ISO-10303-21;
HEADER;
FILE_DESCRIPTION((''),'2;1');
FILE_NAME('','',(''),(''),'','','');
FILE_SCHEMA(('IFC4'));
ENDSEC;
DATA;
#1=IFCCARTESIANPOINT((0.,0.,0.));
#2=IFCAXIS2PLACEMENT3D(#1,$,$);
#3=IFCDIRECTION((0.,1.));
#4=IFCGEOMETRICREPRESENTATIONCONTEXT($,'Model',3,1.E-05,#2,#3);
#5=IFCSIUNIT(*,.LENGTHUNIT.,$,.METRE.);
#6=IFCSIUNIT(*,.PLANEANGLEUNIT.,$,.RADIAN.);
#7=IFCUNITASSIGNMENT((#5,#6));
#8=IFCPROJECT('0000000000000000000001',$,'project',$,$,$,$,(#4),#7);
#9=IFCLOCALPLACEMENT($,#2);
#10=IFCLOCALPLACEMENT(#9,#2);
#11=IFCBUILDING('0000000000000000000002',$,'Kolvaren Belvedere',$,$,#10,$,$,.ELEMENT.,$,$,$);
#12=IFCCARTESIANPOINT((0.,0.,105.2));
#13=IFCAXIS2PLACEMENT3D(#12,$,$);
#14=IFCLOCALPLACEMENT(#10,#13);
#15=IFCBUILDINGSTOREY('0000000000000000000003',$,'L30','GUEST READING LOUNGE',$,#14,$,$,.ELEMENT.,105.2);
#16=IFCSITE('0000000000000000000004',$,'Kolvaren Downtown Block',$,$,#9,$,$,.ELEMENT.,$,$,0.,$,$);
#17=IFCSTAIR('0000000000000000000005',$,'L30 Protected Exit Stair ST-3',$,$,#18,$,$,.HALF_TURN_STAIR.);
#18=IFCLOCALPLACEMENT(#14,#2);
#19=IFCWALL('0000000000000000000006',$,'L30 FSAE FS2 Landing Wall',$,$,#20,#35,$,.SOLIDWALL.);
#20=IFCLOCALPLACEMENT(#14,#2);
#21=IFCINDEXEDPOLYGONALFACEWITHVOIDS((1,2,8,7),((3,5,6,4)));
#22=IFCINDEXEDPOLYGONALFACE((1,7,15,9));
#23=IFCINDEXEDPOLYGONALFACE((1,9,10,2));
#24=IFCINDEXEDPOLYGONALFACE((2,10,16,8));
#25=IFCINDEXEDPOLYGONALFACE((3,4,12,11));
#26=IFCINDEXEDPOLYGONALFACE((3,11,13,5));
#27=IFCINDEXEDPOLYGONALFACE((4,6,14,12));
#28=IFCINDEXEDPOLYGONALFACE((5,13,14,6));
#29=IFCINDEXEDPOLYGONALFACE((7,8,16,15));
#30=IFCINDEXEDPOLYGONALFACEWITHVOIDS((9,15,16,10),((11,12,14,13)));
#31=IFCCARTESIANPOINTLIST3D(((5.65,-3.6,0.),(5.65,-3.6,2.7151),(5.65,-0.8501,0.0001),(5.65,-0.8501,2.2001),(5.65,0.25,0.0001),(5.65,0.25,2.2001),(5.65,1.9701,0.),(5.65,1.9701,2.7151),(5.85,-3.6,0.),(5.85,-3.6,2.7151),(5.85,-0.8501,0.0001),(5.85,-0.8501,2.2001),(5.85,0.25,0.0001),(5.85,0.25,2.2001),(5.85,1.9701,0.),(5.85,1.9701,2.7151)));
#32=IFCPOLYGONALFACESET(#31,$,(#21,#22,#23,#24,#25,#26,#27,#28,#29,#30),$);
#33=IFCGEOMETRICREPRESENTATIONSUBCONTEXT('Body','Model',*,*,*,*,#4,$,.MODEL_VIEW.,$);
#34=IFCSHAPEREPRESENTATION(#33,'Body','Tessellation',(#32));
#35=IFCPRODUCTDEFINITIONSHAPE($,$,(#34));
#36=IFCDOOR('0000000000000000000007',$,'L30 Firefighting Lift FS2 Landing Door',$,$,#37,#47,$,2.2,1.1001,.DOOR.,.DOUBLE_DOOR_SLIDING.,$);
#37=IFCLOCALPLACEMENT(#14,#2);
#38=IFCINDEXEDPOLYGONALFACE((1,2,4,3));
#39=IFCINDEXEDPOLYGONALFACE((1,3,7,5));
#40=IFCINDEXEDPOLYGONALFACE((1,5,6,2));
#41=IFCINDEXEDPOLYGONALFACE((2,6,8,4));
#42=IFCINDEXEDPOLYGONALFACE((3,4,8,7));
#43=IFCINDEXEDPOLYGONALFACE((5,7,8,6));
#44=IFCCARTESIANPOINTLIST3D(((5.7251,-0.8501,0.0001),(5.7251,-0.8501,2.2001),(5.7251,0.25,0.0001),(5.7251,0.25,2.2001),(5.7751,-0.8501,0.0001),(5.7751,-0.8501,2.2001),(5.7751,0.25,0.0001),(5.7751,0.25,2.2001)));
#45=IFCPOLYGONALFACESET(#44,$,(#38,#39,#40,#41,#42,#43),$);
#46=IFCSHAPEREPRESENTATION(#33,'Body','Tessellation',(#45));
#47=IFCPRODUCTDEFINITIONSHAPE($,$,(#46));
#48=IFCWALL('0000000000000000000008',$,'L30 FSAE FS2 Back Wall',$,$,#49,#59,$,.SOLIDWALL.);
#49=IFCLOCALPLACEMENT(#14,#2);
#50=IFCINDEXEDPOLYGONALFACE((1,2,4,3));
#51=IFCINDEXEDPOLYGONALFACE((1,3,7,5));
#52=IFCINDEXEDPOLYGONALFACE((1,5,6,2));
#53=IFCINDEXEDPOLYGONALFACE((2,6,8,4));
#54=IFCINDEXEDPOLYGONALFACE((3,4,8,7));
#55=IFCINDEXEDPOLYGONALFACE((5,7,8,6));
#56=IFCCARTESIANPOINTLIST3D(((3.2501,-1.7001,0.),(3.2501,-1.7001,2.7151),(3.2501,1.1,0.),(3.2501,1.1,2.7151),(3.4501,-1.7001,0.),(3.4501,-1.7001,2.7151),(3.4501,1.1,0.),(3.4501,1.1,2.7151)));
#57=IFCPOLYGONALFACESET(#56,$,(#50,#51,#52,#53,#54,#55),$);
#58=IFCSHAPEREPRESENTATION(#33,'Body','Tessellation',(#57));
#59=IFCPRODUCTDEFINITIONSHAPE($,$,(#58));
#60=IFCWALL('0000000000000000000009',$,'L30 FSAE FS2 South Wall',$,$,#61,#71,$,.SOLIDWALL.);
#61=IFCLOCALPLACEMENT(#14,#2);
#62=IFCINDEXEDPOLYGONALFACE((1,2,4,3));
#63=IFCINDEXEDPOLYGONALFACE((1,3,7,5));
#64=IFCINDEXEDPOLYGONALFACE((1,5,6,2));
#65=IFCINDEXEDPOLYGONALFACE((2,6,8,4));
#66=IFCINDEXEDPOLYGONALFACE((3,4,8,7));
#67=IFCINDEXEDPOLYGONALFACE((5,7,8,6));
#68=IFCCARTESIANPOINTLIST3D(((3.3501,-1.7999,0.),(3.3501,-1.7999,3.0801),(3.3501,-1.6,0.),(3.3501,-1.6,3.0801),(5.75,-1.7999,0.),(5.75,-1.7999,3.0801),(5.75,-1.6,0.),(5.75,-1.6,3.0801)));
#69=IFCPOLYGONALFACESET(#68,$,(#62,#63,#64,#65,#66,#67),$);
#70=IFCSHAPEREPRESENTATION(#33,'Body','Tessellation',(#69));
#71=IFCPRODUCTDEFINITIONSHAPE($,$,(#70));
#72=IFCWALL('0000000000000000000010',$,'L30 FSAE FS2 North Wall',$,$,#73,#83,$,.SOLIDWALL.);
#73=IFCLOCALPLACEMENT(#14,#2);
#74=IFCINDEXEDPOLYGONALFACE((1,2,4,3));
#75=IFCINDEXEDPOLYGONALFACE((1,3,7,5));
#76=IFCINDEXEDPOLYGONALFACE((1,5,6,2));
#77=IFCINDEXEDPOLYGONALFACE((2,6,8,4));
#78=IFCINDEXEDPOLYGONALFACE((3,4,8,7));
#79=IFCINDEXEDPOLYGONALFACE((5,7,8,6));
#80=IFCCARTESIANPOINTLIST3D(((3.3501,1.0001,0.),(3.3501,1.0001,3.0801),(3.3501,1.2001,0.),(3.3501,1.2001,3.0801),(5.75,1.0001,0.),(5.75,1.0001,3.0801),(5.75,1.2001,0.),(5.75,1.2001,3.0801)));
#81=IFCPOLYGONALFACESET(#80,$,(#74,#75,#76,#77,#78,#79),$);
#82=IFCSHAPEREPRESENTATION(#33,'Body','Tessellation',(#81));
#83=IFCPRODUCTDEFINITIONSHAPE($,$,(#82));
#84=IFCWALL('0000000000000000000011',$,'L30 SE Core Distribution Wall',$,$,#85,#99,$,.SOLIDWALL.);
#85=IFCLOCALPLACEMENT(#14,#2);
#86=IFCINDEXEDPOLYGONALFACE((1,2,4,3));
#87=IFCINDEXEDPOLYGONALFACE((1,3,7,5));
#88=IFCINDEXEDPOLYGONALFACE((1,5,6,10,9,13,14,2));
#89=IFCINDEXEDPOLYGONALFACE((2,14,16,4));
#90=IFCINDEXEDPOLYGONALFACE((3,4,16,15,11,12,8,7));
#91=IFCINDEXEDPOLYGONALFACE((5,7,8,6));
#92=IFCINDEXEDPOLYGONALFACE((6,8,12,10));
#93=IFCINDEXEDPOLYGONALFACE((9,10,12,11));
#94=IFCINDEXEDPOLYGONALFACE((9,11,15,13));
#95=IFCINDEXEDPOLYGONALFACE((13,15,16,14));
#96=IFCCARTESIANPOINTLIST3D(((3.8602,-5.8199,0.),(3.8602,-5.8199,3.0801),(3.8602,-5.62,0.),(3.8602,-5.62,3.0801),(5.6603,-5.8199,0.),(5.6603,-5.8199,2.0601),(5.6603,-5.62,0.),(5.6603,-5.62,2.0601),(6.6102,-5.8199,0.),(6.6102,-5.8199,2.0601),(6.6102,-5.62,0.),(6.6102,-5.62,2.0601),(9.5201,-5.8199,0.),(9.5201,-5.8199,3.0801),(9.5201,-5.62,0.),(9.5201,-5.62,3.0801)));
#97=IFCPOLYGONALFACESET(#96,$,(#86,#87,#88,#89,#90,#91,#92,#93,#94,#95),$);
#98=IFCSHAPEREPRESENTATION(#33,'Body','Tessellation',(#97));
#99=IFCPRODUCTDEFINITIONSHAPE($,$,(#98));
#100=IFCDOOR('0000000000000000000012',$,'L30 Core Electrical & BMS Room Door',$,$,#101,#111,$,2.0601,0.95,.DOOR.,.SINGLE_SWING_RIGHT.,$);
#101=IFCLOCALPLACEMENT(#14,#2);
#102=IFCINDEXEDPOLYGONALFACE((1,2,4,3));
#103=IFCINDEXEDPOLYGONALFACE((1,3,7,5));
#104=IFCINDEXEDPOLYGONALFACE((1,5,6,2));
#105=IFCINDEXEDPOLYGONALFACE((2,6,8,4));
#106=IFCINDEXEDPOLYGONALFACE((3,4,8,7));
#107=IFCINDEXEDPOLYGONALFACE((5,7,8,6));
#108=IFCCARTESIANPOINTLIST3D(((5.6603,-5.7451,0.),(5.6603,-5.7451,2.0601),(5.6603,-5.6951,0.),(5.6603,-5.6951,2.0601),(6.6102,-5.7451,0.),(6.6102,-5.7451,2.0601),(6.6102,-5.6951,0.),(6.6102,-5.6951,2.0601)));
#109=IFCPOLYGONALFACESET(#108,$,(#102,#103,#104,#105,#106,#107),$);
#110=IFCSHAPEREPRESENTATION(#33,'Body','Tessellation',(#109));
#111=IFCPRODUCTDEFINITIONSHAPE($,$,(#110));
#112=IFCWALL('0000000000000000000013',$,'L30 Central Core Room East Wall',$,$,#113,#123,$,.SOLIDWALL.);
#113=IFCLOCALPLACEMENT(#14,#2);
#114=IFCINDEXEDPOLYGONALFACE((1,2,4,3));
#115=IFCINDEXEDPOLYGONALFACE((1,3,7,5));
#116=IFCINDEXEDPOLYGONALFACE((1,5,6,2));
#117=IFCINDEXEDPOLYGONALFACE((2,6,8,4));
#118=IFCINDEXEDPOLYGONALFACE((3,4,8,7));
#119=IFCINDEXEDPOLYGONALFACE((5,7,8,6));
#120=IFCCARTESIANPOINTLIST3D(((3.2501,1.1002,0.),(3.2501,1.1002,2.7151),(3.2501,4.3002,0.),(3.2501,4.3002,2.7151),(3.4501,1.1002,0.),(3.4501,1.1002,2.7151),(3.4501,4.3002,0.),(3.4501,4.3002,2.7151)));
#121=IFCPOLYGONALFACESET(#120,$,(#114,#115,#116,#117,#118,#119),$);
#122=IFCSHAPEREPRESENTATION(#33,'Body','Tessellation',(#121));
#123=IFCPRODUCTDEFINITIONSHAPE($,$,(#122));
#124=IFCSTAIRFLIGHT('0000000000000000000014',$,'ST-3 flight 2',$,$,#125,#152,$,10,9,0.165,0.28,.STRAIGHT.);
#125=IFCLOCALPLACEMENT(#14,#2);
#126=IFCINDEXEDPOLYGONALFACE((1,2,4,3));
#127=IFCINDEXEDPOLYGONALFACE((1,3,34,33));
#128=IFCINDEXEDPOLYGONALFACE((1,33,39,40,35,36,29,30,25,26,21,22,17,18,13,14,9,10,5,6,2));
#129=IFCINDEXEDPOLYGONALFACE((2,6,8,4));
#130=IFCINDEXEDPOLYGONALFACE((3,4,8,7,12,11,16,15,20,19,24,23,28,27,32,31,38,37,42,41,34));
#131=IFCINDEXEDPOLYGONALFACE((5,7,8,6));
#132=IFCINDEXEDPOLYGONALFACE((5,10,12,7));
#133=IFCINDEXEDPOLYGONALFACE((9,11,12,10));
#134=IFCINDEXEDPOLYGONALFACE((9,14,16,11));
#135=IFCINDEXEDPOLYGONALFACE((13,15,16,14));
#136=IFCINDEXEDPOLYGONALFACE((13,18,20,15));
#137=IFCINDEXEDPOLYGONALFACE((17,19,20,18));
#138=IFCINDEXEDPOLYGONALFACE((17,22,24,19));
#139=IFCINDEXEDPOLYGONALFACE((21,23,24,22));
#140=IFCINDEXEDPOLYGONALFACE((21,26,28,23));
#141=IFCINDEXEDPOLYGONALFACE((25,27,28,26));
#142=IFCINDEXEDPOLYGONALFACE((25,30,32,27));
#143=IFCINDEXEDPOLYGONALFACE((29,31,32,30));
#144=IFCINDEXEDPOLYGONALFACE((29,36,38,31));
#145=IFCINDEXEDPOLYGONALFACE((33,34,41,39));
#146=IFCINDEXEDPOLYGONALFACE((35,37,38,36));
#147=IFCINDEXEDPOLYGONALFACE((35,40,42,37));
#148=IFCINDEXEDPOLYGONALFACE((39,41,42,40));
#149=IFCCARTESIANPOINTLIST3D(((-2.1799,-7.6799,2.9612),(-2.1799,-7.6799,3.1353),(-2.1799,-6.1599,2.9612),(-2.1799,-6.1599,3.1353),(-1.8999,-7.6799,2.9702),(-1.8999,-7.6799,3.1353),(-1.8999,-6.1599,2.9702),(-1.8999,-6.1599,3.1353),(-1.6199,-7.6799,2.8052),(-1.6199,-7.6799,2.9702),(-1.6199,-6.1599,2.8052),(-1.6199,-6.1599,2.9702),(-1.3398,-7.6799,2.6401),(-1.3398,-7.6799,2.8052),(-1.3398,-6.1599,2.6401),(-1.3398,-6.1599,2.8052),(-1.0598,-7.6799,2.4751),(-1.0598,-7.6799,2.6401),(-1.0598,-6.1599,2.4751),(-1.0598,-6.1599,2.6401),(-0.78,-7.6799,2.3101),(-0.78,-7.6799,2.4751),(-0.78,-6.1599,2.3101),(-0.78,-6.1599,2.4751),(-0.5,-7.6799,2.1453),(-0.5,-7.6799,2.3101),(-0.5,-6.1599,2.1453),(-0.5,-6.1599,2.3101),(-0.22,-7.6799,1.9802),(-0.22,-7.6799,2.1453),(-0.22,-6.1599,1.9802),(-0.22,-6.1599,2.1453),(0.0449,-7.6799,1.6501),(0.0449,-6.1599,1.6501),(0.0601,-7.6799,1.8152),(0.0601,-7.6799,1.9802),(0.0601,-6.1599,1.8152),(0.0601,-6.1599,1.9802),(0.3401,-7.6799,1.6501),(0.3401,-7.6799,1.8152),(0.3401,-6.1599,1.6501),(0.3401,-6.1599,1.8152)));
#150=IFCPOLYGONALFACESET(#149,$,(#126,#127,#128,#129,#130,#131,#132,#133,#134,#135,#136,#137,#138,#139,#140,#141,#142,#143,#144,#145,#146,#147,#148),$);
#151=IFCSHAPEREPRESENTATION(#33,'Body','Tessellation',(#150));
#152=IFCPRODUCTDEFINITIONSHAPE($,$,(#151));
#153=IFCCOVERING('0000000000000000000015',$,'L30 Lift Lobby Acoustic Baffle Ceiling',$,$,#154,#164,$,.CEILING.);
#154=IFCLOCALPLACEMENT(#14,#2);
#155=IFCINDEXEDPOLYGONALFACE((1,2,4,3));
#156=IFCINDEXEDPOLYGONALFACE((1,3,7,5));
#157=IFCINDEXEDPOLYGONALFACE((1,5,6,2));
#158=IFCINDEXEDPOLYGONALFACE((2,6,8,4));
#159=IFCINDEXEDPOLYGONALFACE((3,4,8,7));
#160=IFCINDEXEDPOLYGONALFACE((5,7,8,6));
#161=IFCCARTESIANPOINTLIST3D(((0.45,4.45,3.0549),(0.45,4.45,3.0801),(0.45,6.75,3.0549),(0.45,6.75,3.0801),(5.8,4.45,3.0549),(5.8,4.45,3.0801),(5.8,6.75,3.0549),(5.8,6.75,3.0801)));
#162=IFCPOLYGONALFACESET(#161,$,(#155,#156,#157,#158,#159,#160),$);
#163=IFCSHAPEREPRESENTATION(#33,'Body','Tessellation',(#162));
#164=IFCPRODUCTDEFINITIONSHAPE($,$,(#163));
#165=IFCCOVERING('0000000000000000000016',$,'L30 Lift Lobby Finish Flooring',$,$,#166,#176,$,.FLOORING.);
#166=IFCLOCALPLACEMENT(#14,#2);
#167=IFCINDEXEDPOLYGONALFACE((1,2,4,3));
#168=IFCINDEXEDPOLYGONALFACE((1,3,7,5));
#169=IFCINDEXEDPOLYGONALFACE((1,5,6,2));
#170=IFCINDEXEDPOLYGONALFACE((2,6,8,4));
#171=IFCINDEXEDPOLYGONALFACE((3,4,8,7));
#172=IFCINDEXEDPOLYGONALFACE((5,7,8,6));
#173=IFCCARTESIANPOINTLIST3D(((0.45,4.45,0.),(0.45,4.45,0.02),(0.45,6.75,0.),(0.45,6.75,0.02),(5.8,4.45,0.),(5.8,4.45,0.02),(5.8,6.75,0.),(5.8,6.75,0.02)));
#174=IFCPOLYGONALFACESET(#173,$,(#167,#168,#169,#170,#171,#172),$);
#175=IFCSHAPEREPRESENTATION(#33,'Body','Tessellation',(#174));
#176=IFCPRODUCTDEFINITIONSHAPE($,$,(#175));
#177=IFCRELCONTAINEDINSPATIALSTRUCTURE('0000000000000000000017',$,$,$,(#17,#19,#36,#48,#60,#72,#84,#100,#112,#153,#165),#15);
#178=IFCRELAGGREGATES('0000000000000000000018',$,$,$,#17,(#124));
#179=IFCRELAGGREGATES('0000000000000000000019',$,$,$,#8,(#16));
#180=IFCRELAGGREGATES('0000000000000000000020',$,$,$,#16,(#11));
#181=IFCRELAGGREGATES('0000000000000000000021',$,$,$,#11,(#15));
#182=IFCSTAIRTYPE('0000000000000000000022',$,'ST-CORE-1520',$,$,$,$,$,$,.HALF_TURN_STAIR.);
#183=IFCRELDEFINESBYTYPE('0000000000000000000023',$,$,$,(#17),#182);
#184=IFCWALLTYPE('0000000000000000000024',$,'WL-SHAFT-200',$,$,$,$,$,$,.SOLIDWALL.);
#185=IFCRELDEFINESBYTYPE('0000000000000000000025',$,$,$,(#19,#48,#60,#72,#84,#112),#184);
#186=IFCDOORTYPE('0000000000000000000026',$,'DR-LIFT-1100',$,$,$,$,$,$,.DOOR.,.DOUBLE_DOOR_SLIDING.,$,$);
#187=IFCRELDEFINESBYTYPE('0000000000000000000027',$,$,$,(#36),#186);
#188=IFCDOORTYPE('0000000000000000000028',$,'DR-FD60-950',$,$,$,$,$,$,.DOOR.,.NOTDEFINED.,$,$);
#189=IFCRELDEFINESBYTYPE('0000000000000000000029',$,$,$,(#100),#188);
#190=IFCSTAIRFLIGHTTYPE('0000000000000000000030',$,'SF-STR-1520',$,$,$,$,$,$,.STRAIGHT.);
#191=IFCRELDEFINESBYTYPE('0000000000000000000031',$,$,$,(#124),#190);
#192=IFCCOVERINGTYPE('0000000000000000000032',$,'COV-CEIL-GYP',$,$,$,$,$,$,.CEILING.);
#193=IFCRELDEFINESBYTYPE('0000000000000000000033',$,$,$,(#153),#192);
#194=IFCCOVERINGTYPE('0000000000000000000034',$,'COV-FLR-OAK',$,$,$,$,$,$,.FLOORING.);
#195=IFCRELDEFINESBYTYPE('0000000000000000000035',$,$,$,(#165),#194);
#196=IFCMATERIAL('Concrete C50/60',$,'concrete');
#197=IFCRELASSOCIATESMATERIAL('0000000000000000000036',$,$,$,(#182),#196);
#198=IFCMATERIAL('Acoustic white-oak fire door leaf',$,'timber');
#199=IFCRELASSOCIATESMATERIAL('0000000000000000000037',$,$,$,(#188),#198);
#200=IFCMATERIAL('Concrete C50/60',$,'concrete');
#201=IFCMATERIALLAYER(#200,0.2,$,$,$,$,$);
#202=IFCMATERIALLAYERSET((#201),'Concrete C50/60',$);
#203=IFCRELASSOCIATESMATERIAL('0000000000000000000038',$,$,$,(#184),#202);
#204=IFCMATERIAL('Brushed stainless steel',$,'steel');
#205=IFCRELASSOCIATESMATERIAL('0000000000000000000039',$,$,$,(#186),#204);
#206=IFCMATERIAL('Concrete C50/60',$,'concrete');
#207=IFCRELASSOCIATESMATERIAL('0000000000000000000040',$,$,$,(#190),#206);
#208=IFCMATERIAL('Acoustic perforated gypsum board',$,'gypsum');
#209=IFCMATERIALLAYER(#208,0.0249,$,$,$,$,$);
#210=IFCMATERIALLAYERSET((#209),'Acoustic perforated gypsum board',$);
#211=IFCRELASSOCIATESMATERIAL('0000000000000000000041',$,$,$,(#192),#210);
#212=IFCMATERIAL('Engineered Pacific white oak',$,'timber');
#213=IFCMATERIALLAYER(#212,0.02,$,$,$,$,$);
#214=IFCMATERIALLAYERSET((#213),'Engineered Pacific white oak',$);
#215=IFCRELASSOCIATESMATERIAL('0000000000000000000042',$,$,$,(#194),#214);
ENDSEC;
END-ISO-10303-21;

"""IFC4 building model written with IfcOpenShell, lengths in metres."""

from ifc_helpers import new_model, si_unit, direction, frame, frame_2d, origin, place, context, subcontext, project, spatial, polyline, rectangle, outline, extrude, material, layer, layer_set, type_object, element, fill, aggregate, save


model = new_model("IFC4")

# Units and contexts
model_context = context("Model", 3, precision=1e-05, world=origin(), true_north=direction((0.0, 1.0)))
body_context = subcontext(model_context, "Body", "Model", "MODEL_VIEW")
ifc_project = project(units=[si_unit("LENGTHUNIT", "METRE"), si_unit("PLANEANGLEUNIT", "RADIAN")], contexts=[model_context])

# Site, building, storey
site_placement = place(None, origin())
site = spatial("IfcSite", under=ifc_project, at=site_placement, Name="Kolvaren Downtown Block", CompositionType="ELEMENT", RefElevation=0.0)
building_placement = place(site_placement, origin())
building = spatial("IfcBuilding", under=site, at=building_placement, Name="Kolvaren Belvedere", CompositionType="ELEMENT")
storey_placement = place(building_placement, frame((0.0, 0.0, 105.2)))
storey = spatial("IfcBuildingStorey", under=building, at=storey_placement, Name="L30", Description="GUEST READING LOUNGE", CompositionType="ELEMENT", Elevation=105.2)

# Stair
ifc_material_1 = material(Name="Concrete C50/60", Category="concrete")
stair_type = type_object("IfcStairType", Name="ST-CORE-1520", PredefinedType="HALF_TURN_STAIR", material=ifc_material_1)
stair_1_placement = place(storey_placement, origin())
stair_1 = element("IfcStair", 1, at=stair_1_placement, inside=storey, type_object=stair_type, Name="L30 Protected Exit Stair ST-3", PredefinedType="HALF_TURN_STAIR")

# Wall, opening, door
ifc_material_2 = material(Name="Acoustic white-oak fire door leaf", Category="timber")
door_type_1 = type_object("IfcDoorType", Name="DR-FD60-950", OperationType="NOTDEFINED", PredefinedType="DOOR", material=ifc_material_2)
ifc_material_3 = material(Name="Concrete C50/60", Category="concrete")
ifc_layer_1 = layer(ifc_material_3, 0.2)
ifc_layer_set_1 = layer_set([ifc_layer_1], Name="Concrete C50/60")
wall_type_1 = type_object("IfcWallType", Name="WL-SHAFT-200", PredefinedType="SOLIDWALL", material=ifc_layer_set_1)
wall_1_placement = place(storey_placement, frame((5.75, -3.6001, 0.0), z_axis=(0.0, 0.0, 1.0), x_axis=(0.0, 1.0, 0.0)))
wall_1 = element("IfcWall", 2, at=wall_1_placement, inside=storey, type_object=wall_type_1, Name="L30 FSAE FS2 Landing Wall", PredefinedType="SOLIDWALL", context=body_context, shape_type="SweptSolid", body=[
    extrude(rectangle(XDim=5.5701, YDim=0.2, at=frame_2d((2.7852, 0.0))), origin(), (0.0, 0.0, 1.0), 2.7151),
])
opening_1_placement = place(wall_1_placement, frame((2.75, 0.0, 0.0)))
opening_1 = element("IfcOpeningElement", 3, at=opening_1_placement, cuts=wall_1, PredefinedType="OPENING", context=body_context, shape_type="SweptSolid", body=[
    extrude(rectangle(XDim=1.1001, YDim=2.2, at=frame_2d((0.55, 1.1001))), frame((0.0, 0.1099, 0.0), z_axis=(0.0, -1.0, 0.0), x_axis=(1.0, 0.0, 0.0)), (0.0, 0.0, 1.0), 0.22),
])
ifc_material_4 = material(Name="Brushed stainless steel", Category="steel")
door_type_2 = type_object("IfcDoorType", Name="DR-LIFT-1100", OperationType="DOUBLE_DOOR_SLIDING", PredefinedType="DOOR", material=ifc_material_4)
door_1_placement = place(opening_1_placement, origin())
door_1 = element("IfcDoor", 4, at=door_1_placement, inside=storey, type_object=door_type_2, Name="L30 Firefighting Lift FS2 Landing Door", OperationType="DOUBLE_DOOR_SLIDING", OverallHeight=2.2, OverallWidth=1.1001, PredefinedType="DOOR", context=body_context, shape_type="SweptSolid", body=[
    extrude(rectangle(XDim=1.1001, YDim=2.2, at=frame_2d((0.55, 1.1001))), frame((0.0, 0.0249, 0.0), z_axis=(0.0, -1.0, 0.0), x_axis=(1.0, 0.0, 0.0)), (0.0, 0.0, 1.0), 0.05),
])
fill(opening_1, door_1)

# Walls
wall_2_placement = place(storey_placement, frame((3.3501, -1.7, 0.0), z_axis=(0.0, 0.0, 1.0), x_axis=(0.0, 1.0, 0.0)))
element("IfcWall", 5, at=wall_2_placement, inside=storey, type_object=wall_type_1, Name="L30 FSAE FS2 Back Wall", PredefinedType="SOLIDWALL", context=body_context, shape_type="SweptSolid", body=[
    extrude(rectangle(XDim=2.8, YDim=0.2, at=frame_2d((1.3999, 0.0))), origin(), (0.0, 0.0, 1.0), 2.7151),
])
for number, where, z_axis, x_axis, name in (
    (6, (3.3501, -1.7, 0.0), (0.0, 0.0, 1.0), (1.0, 0.0, 0.0), "L30 FSAE FS2 South Wall"),
    (7, (3.3501, 1.1001, 0.0), (0.0, 0.0, 1.0), (1.0, 0.0, 0.0), "L30 FSAE FS2 North Wall"),
):
    element("IfcWall", number, at=place(storey_placement, frame(where, z_axis=z_axis, x_axis=x_axis)), inside=storey, type_object=wall_type_1, Name=name, PredefinedType="SOLIDWALL", context=body_context, shape_type="SweptSolid", body=[
        extrude(rectangle(XDim=2.3999, YDim=0.2, at=frame_2d((1.2, 0.0))), origin(), (0.0, 0.0, 1.0), 3.0801),
    ])

# Wall, opening, door
wall_3_placement = place(storey_placement, frame((3.8601, -5.72, 0.0), z_axis=(0.0, 0.0, 1.0), x_axis=(1.0, 0.0, 0.0)))
wall_3 = element("IfcWall", 8, at=wall_3_placement, inside=storey, type_object=wall_type_1, Name="L30 SE Core Distribution Wall", PredefinedType="SOLIDWALL", context=body_context, shape_type="SweptSolid", body=[
    extrude(rectangle(XDim=5.6599, YDim=0.2, at=frame_2d((2.8301, 0.0))), origin(), (0.0, 0.0, 1.0), 3.0801),
])
opening_2_placement = place(wall_3_placement, frame((1.8, 0.0, 0.0)))
opening_2 = element("IfcOpeningElement", 9, at=opening_2_placement, cuts=wall_3, PredefinedType="OPENING", context=body_context, shape_type="SweptSolid", body=[
    extrude(rectangle(XDim=0.95, YDim=2.0601, at=frame_2d((0.4751, 1.03))), frame((0.0, 0.1099, 0.0), z_axis=(0.0, -1.0, 0.0), x_axis=(1.0, 0.0, 0.0)), (0.0, 0.0, 1.0), 0.22),
])
door_2_placement = place(opening_2_placement, origin())
door_2 = element("IfcDoor", 10, at=door_2_placement, inside=storey, type_object=door_type_1, Name="L30 Core Electrical & BMS Room Door", OperationType="SINGLE_SWING_RIGHT", OverallHeight=2.0601, OverallWidth=0.95, PredefinedType="DOOR", context=body_context, shape_type="SweptSolid", body=[
    extrude(rectangle(XDim=0.95, YDim=2.0601, at=frame_2d((0.4751, 1.03))), frame((0.0, 0.0249, 0.0), z_axis=(0.0, -1.0, 0.0), x_axis=(1.0, 0.0, 0.0)), (0.0, 0.0, 1.0), 0.05),
])
fill(opening_2, door_2)

# Wall
wall_4_placement = place(storey_placement, frame((3.3501, 1.1001, 0.0), z_axis=(0.0, 0.0, 1.0), x_axis=(0.0, 1.0, 0.0)))
element("IfcWall", 11, at=wall_4_placement, inside=storey, type_object=wall_type_1, Name="L30 Central Core Room East Wall", PredefinedType="SOLIDWALL", context=body_context, shape_type="SweptSolid", body=[
    extrude(rectangle(XDim=3.2, YDim=0.2, at=frame_2d((1.6001, 0.0))), origin(), (0.0, 0.0, 1.0), 2.7151),
])

# Stair flight
ifc_material_5 = material(Name="Concrete C50/60", Category="concrete")
stair_flight_type = type_object("IfcStairFlightType", Name="SF-STR-1520", PredefinedType="STRAIGHT", material=ifc_material_5)
stair_flight_placement = place(storey_placement, frame((0.3401, -6.9199, 1.6501), z_axis=(0.0, 0.0, 1.0), x_axis=(-1.0, 0.0, 0.0)))
stair_flight = element("IfcStairFlight", 12, at=stair_flight_placement, type_object=stair_flight_type, Name="ST-3 flight 2", NumberOfRisers=10, NumberOfTreads=9, PredefinedType="STRAIGHT", RiserHeight=0.165, TreadLength=0.28, context=body_context, shape_type="SweptSolid", body=[
    extrude(outline(polyline([(0.0, 0.0), (0.0, 0.165), (0.28, 0.165), (0.28, 0.3301), (0.5601, 0.3301), (0.5601, 0.4951), (0.8401, 0.4951), (0.8401, 0.6599), (1.1201, 0.6599), (1.1201, 0.825), (1.3999, 0.825), (1.3999, 0.99), (1.6799, 0.99), (1.6799, 1.155), (1.96, 1.155), (1.96, 1.3201), (2.24, 1.3201), (2.24, 1.4851), (2.52, 1.4851), (2.52, 1.6499), (2.52, 1.311), (0.2952, 0.0), (0.0, 0.0)])), frame((0.0, 0.76, 0.0), z_axis=(0.0, -1.0, 0.0), x_axis=(1.0, 0.0, 0.0)), (0.0, 0.0, 1.0), 1.52),
])
aggregate(stair_1, [stair_flight])

# Coverings
ifc_material_6 = material(Name="Acoustic perforated gypsum board", Category="gypsum")
ifc_layer_2 = layer(ifc_material_6, 0.0249)
ifc_layer_set_2 = layer_set([ifc_layer_2], Name="Acoustic perforated gypsum board")
covering_type_1 = type_object("IfcCoveringType", Name="COV-CEIL-GYP", PredefinedType="CEILING", material=ifc_layer_set_2)
covering_1_placement = place(storey_placement, frame((0.0, 0.0, 3.0549)))
element("IfcCovering", 13, at=covering_1_placement, inside=storey, type_object=covering_type_1, Name="L30 Lift Lobby Acoustic Baffle Ceiling", PredefinedType="CEILING", context=body_context, shape_type="SweptSolid", body=[
    extrude(outline(polyline([(0.45, 4.45), (5.8, 4.45), (5.8, 6.75), (0.45, 6.75), (0.45, 4.45)])), origin(), (0.0, 0.0, 1.0), 0.0251),
])
ifc_material_7 = material(Name="Engineered Pacific white oak", Category="timber")
ifc_layer_3 = layer(ifc_material_7, 0.02)
ifc_layer_set_3 = layer_set([ifc_layer_3], Name="Engineered Pacific white oak")
covering_type_2 = type_object("IfcCoveringType", Name="COV-FLR-OAK", PredefinedType="FLOORING", material=ifc_layer_set_3)
covering_2_placement = place(storey_placement, origin())
element("IfcCovering", 14, at=covering_2_placement, inside=storey, type_object=covering_type_2, Name="L30 Lift Lobby Finish Flooring", PredefinedType="FLOORING", context=body_context, shape_type="SweptSolid", body=[
    extrude(outline(polyline([(0.45, 4.45), (5.8, 4.45), (5.8, 6.75), (0.45, 6.75), (0.45, 4.45)])), origin(), (0.0, 0.0, 1.0), 0.02),
])

save(model, "model.ifc")
